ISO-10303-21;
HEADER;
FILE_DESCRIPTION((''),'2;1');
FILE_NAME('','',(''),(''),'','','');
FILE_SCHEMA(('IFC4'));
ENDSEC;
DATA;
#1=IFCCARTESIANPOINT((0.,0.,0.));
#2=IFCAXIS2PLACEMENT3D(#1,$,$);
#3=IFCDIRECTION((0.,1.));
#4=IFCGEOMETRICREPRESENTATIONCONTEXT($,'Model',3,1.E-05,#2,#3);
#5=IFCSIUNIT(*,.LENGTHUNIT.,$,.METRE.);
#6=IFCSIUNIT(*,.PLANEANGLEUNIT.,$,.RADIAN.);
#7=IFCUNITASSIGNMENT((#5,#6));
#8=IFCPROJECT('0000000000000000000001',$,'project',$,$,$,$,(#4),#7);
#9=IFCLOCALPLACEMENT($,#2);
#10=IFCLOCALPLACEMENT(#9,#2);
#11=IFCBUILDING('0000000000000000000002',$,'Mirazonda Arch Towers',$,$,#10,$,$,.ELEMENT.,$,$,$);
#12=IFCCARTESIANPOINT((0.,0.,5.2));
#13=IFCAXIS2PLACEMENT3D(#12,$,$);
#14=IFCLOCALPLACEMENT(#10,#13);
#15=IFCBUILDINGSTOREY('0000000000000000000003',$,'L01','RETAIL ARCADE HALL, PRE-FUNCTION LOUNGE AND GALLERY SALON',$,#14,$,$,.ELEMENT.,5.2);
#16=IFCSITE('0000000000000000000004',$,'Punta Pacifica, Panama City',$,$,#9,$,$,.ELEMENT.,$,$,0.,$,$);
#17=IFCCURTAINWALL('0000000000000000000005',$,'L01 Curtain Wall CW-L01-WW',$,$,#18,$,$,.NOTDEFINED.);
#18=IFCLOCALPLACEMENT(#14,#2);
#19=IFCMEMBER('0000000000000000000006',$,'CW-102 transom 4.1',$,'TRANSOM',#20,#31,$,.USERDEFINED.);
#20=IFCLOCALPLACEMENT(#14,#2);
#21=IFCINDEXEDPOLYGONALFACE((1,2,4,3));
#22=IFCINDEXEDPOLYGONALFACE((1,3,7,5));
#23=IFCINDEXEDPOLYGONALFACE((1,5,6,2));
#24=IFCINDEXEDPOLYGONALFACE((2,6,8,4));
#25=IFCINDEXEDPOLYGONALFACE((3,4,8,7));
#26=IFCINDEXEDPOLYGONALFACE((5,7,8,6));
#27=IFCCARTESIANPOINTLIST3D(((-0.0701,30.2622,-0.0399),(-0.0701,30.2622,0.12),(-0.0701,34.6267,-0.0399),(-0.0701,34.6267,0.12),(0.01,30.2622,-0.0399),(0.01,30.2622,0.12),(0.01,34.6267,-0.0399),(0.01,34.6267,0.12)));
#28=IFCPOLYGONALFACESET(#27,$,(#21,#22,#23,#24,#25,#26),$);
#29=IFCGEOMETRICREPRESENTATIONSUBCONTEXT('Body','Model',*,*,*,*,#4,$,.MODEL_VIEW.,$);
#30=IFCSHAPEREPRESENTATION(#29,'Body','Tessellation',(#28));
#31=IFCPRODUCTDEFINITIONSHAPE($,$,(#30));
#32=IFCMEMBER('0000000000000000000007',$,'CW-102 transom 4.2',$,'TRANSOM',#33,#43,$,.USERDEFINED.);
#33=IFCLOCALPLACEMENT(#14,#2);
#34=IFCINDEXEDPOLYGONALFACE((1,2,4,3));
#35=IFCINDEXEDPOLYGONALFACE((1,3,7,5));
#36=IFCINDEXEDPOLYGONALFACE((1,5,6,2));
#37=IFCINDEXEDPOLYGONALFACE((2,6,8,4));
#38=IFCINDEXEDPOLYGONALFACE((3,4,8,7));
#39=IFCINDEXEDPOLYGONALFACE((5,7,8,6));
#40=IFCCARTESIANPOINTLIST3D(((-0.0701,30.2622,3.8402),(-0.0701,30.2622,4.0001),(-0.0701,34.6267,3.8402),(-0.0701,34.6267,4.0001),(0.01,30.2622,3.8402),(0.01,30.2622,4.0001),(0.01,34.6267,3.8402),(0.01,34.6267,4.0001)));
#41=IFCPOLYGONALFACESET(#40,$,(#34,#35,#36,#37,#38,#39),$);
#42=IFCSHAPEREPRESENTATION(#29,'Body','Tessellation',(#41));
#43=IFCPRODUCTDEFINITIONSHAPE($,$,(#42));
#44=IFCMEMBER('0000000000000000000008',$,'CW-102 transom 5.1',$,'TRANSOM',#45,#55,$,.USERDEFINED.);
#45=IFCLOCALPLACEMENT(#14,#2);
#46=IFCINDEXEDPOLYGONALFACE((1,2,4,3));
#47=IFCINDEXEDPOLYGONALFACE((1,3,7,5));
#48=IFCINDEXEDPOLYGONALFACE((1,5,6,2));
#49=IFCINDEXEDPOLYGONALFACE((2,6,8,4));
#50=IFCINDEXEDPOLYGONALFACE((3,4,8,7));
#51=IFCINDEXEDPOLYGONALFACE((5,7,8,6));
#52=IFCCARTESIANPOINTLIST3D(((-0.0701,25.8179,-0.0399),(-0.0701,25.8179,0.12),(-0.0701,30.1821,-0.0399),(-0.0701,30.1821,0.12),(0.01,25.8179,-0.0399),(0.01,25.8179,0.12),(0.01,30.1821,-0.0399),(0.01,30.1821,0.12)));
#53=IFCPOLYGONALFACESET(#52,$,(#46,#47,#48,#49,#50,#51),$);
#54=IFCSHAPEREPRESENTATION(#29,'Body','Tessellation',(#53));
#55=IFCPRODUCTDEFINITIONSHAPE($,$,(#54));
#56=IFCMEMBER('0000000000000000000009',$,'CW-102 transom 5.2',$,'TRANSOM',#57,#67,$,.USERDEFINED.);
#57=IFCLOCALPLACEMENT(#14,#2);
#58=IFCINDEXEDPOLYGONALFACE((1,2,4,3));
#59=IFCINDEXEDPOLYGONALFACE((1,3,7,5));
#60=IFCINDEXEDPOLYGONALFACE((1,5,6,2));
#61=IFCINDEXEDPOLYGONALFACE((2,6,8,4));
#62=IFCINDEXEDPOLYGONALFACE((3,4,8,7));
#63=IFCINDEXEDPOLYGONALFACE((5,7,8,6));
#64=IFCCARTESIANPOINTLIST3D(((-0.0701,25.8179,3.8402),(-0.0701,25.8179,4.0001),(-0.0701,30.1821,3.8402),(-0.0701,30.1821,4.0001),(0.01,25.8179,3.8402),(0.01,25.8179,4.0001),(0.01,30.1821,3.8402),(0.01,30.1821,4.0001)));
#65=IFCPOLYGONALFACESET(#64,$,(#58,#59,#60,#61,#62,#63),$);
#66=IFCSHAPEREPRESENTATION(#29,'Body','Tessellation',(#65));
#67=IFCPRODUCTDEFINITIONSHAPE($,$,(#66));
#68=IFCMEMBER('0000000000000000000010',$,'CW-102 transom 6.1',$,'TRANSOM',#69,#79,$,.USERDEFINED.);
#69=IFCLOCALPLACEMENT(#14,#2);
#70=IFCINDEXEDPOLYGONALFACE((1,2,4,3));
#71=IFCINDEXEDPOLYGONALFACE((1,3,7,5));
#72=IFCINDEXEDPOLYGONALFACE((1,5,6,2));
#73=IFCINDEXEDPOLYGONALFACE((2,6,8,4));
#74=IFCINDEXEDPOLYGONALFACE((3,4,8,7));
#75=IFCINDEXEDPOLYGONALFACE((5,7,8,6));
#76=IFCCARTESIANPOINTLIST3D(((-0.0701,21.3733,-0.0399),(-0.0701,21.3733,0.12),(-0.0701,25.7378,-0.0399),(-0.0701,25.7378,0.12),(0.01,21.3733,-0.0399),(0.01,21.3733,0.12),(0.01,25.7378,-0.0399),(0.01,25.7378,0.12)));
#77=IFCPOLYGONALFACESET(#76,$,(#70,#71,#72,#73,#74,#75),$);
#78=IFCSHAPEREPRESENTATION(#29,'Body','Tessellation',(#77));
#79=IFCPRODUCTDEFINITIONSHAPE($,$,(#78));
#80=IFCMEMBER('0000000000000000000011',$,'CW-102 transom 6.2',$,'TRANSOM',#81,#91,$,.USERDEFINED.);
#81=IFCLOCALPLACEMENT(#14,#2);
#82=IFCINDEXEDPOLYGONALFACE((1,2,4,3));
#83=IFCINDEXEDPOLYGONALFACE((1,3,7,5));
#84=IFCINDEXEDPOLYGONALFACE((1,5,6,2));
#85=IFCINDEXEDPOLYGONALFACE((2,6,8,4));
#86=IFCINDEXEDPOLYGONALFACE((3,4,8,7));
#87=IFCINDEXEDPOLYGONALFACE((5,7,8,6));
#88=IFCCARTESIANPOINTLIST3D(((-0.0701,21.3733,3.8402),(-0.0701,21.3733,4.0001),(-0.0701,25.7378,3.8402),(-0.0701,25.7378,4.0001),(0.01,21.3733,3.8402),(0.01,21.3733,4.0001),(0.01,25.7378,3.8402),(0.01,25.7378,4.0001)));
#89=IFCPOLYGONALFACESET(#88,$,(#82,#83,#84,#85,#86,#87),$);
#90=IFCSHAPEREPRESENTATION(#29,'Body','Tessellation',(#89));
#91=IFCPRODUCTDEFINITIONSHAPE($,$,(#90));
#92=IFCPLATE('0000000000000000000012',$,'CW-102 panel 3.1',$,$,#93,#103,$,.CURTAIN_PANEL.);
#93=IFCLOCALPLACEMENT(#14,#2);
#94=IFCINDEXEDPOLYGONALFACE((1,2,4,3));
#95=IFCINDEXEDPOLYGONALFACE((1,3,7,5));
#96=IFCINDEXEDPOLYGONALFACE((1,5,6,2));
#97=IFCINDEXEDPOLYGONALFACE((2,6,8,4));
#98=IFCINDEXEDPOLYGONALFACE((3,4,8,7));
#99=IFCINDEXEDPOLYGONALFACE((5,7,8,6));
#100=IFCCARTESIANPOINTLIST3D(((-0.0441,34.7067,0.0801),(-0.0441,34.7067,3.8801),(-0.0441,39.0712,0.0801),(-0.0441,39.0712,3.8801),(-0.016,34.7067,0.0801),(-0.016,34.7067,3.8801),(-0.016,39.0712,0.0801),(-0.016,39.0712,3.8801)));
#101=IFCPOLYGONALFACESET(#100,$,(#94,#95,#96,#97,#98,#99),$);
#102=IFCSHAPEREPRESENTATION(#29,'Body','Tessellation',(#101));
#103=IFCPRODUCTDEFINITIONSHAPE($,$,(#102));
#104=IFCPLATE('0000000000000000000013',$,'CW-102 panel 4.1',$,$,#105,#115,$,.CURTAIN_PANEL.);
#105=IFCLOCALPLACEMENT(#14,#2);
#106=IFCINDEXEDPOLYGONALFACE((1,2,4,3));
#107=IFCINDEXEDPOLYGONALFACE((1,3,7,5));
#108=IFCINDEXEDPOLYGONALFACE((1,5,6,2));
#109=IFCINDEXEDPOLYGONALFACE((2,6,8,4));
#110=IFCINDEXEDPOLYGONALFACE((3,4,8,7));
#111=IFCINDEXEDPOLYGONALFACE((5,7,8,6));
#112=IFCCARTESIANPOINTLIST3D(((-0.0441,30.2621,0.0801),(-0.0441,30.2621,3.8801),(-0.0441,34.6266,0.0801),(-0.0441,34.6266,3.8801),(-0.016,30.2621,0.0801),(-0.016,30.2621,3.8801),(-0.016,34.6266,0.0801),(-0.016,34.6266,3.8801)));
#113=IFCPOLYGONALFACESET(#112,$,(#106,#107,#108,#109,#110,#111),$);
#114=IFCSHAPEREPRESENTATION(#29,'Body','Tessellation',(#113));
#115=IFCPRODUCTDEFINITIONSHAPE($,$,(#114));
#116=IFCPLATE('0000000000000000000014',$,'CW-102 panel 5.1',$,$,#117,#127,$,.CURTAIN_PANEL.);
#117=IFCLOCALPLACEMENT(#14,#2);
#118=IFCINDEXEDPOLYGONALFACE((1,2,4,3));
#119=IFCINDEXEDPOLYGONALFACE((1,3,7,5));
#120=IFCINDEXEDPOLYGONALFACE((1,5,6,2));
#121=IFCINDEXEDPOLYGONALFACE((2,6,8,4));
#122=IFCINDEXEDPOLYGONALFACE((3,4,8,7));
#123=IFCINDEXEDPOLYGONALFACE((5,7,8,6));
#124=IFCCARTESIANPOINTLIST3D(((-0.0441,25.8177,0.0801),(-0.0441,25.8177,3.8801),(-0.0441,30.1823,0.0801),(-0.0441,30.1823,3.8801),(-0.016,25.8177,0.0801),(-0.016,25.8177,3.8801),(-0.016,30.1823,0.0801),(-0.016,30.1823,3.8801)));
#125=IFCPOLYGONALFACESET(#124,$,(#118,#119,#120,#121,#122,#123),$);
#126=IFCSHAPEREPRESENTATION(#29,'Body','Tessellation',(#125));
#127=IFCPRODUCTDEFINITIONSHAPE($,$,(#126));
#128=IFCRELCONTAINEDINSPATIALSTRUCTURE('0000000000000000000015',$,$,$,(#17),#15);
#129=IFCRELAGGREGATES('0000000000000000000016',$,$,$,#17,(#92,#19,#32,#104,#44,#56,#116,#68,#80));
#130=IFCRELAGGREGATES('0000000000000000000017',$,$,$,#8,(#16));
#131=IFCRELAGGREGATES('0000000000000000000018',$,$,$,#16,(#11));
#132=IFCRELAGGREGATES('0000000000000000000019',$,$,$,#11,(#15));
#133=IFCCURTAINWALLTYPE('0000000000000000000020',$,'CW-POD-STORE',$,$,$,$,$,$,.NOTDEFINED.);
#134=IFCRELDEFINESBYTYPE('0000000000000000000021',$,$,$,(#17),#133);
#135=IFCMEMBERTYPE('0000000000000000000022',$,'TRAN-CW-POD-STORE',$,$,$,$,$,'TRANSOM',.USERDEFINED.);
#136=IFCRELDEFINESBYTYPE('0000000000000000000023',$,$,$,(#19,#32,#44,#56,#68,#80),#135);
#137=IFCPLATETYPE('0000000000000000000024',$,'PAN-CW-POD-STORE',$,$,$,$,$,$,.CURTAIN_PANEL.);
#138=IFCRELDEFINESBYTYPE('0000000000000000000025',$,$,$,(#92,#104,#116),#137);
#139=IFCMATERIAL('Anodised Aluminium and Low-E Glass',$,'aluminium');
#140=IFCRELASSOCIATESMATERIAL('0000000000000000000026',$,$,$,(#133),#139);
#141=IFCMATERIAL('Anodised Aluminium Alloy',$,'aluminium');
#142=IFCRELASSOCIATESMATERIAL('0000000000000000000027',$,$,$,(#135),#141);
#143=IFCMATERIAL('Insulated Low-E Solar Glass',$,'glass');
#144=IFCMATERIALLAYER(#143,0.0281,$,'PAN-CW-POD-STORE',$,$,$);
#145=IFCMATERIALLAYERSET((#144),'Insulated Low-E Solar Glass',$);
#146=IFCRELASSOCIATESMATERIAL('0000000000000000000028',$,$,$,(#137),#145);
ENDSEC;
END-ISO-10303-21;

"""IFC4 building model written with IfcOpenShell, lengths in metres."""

from ifc_helpers import new_model, si_unit, direction, frame, origin, origin_2d, place, context, subcontext, project, spatial, rectangle, extrude, material, layer, layer_set, material_profile, profile_set, type_object, element, aggregate, save


model = new_model("IFC4")

# Units and contexts
model_context = context("Model", 3, precision=1e-05, world=origin(), true_north=direction((0.0, 1.0)))
body_context = subcontext(model_context, "Body", "Model", "MODEL_VIEW")
ifc_project = project(units=[si_unit("LENGTHUNIT", "METRE"), si_unit("PLANEANGLEUNIT", "RADIAN")], contexts=[model_context])

# Site, building, storey
site_placement = place(None, origin())
site = spatial("IfcSite", under=ifc_project, at=site_placement, Name="Punta Pacifica, Panama City", CompositionType="ELEMENT", RefElevation=0.0)
building_placement = place(site_placement, origin())
building = spatial("IfcBuilding", under=site, at=building_placement, Name="Mirazonda Arch Towers", CompositionType="ELEMENT")
storey_placement = place(building_placement, frame((0.0, 0.0, 5.2)))
storey = spatial("IfcBuildingStorey", under=building, at=storey_placement, Name="L01", Description="RETAIL ARCADE HALL, PRE-FUNCTION LOUNGE AND GALLERY SALON", CompositionType="ELEMENT", Elevation=5.2)

# Curtain wall, members, plates
ifc_material_1 = material(Name="Anodised Aluminium and Low-E Glass", Category="aluminium")
curtain_wall_type = type_object("IfcCurtainWallType", Name="CW-POD-STORE", PredefinedType="NOTDEFINED", material=ifc_material_1)
curtain_wall_placement = place(storey_placement, origin())
curtain_wall = element("IfcCurtainWall", 1, at=curtain_wall_placement, inside=storey, type_object=curtain_wall_type, Name="L01 Curtain Wall CW-L01-WW", PredefinedType="NOTDEFINED")
ifc_material_2 = material(Name="Anodised Aluminium Alloy", Category="aluminium")
ifc_material_profile_1 = material_profile(ifc_material_2, rectangle(XDim=0.0801, YDim=0.1599, at=origin_2d()), Name="ALU-TRAN-80x160")
ifc_profile_set_1 = profile_set([ifc_material_profile_1], Name="Anodised Aluminium Alloy")
member_type_1 = type_object("IfcMemberType", Name="TRAN-CW-POD-STORE", ElementType="TRANSOM", PredefinedType="USERDEFINED", material=ifc_profile_set_1)
member_1_placement = place(storey_placement, frame((-0.03, 34.6267, 0.04), z_axis=(0.0, -1.0, 0.0), x_axis=(1.0, 0.0, 0.0)))
member_1 = element("IfcMember", 2, at=member_1_placement, type_object=member_type_1, Name="CW-102 transom 4.1", ObjectType="TRANSOM", PredefinedType="USERDEFINED", context=body_context, shape_type="SweptSolid", body=[
    extrude(rectangle(XDim=0.0801, YDim=0.1599, at=origin_2d()), origin(), (0.0, 0.0, 1.0), 4.3645),
])
member_2_placement = place(storey_placement, frame((-0.03, 34.6267, 3.9202), z_axis=(0.0, -1.0, 0.0), x_axis=(1.0, 0.0, 0.0)))
member_2 = element("IfcMember", 3, at=member_2_placement, type_object=member_type_1, Name="CW-102 transom 4.2", ObjectType="TRANSOM", PredefinedType="USERDEFINED", context=body_context, shape_type="SweptSolid", body=[
    extrude(rectangle(XDim=0.0801, YDim=0.1599, at=origin_2d()), origin(), (0.0, 0.0, 1.0), 4.3645),
])
member_3_placement = place(storey_placement, frame((-0.03, 30.1821, 0.04), z_axis=(0.0, -1.0, 0.0), x_axis=(1.0, 0.0, 0.0)))
member_3 = element("IfcMember", 4, at=member_3_placement, type_object=member_type_1, Name="CW-102 transom 5.1", ObjectType="TRANSOM", PredefinedType="USERDEFINED", context=body_context, shape_type="SweptSolid", body=[
    extrude(rectangle(XDim=0.0801, YDim=0.1599, at=origin_2d()), origin(), (0.0, 0.0, 1.0), 4.3643),
])
member_4_placement = place(storey_placement, frame((-0.03, 30.1821, 3.9202), z_axis=(0.0, -1.0, 0.0), x_axis=(1.0, 0.0, 0.0)))
member_4 = element("IfcMember", 5, at=member_4_placement, type_object=member_type_1, Name="CW-102 transom 5.2", ObjectType="TRANSOM", PredefinedType="USERDEFINED", context=body_context, shape_type="SweptSolid", body=[
    extrude(rectangle(XDim=0.0801, YDim=0.1599, at=origin_2d()), origin(), (0.0, 0.0, 1.0), 4.3643),
])
member_5_placement = place(storey_placement, frame((-0.03, 25.7378, 0.04), z_axis=(0.0, -1.0, 0.0), x_axis=(1.0, 0.0, 0.0)))
member_5 = element("IfcMember", 6, at=member_5_placement, type_object=member_type_1, Name="CW-102 transom 6.1", ObjectType="TRANSOM", PredefinedType="USERDEFINED", context=body_context, shape_type="SweptSolid", body=[
    extrude(rectangle(XDim=0.0801, YDim=0.1599, at=origin_2d()), origin(), (0.0, 0.0, 1.0), 4.3645),
])
member_6_placement = place(storey_placement, frame((-0.03, 25.7378, 3.9202), z_axis=(0.0, -1.0, 0.0), x_axis=(1.0, 0.0, 0.0)))
member_6 = element("IfcMember", 7, at=member_6_placement, type_object=member_type_1, Name="CW-102 transom 6.2", ObjectType="TRANSOM", PredefinedType="USERDEFINED", context=body_context, shape_type="SweptSolid", body=[
    extrude(rectangle(XDim=0.0801, YDim=0.1599, at=origin_2d()), origin(), (0.0, 0.0, 1.0), 4.3645),
])
ifc_material_3 = material(Name="Insulated Low-E Solar Glass", Category="glass")
ifc_layer = layer(ifc_material_3, 0.0281, Name="PAN-CW-POD-STORE")
ifc_layer_set = layer_set([ifc_layer], Name="Insulated Low-E Solar Glass")
plate_type = type_object("IfcPlateType", Name="PAN-CW-POD-STORE", PredefinedType="CURTAIN_PANEL", material=ifc_layer_set)
plate_1_placement = place(storey_placement, frame((-0.03, 36.8889, 0.0801), z_axis=(0.0, 0.0, 1.0), x_axis=(0.0, -1.0, 0.0)))
plate_1 = element("IfcPlate", 8, at=plate_1_placement, type_object=plate_type, Name="CW-102 panel 3.1", PredefinedType="CURTAIN_PANEL", context=body_context, shape_type="SweptSolid", body=[
    extrude(rectangle(XDim=4.3645, YDim=0.0281, at=origin_2d()), origin(), (0.0, 0.0, 1.0), 3.8),
])
plate_2_placement = place(storey_placement, frame((-0.03, 32.4443, 0.0801), z_axis=(0.0, 0.0, 1.0), x_axis=(0.0, -1.0, 0.0)))
plate_2 = element("IfcPlate", 9, at=plate_2_placement, type_object=plate_type, Name="CW-102 panel 4.1", PredefinedType="CURTAIN_PANEL", context=body_context, shape_type="SweptSolid", body=[
    extrude(rectangle(XDim=4.3645, YDim=0.0281, at=origin_2d()), origin(), (0.0, 0.0, 1.0), 3.8),
])
plate_3_placement = place(storey_placement, frame((-0.03, 28.0, 0.0801), z_axis=(0.0, 0.0, 1.0), x_axis=(0.0, -1.0, 0.0)))
plate_3 = element("IfcPlate", 10, at=plate_3_placement, type_object=plate_type, Name="CW-102 panel 5.1", PredefinedType="CURTAIN_PANEL", context=body_context, shape_type="SweptSolid", body=[
    extrude(rectangle(XDim=4.3645, YDim=0.0281, at=origin_2d()), origin(), (0.0, 0.0, 1.0), 3.8),
])
aggregate(curtain_wall, [plate_1, member_1, member_2, plate_2, member_3, member_4, plate_3, member_5, member_6])

save(model, "model.ifc")
